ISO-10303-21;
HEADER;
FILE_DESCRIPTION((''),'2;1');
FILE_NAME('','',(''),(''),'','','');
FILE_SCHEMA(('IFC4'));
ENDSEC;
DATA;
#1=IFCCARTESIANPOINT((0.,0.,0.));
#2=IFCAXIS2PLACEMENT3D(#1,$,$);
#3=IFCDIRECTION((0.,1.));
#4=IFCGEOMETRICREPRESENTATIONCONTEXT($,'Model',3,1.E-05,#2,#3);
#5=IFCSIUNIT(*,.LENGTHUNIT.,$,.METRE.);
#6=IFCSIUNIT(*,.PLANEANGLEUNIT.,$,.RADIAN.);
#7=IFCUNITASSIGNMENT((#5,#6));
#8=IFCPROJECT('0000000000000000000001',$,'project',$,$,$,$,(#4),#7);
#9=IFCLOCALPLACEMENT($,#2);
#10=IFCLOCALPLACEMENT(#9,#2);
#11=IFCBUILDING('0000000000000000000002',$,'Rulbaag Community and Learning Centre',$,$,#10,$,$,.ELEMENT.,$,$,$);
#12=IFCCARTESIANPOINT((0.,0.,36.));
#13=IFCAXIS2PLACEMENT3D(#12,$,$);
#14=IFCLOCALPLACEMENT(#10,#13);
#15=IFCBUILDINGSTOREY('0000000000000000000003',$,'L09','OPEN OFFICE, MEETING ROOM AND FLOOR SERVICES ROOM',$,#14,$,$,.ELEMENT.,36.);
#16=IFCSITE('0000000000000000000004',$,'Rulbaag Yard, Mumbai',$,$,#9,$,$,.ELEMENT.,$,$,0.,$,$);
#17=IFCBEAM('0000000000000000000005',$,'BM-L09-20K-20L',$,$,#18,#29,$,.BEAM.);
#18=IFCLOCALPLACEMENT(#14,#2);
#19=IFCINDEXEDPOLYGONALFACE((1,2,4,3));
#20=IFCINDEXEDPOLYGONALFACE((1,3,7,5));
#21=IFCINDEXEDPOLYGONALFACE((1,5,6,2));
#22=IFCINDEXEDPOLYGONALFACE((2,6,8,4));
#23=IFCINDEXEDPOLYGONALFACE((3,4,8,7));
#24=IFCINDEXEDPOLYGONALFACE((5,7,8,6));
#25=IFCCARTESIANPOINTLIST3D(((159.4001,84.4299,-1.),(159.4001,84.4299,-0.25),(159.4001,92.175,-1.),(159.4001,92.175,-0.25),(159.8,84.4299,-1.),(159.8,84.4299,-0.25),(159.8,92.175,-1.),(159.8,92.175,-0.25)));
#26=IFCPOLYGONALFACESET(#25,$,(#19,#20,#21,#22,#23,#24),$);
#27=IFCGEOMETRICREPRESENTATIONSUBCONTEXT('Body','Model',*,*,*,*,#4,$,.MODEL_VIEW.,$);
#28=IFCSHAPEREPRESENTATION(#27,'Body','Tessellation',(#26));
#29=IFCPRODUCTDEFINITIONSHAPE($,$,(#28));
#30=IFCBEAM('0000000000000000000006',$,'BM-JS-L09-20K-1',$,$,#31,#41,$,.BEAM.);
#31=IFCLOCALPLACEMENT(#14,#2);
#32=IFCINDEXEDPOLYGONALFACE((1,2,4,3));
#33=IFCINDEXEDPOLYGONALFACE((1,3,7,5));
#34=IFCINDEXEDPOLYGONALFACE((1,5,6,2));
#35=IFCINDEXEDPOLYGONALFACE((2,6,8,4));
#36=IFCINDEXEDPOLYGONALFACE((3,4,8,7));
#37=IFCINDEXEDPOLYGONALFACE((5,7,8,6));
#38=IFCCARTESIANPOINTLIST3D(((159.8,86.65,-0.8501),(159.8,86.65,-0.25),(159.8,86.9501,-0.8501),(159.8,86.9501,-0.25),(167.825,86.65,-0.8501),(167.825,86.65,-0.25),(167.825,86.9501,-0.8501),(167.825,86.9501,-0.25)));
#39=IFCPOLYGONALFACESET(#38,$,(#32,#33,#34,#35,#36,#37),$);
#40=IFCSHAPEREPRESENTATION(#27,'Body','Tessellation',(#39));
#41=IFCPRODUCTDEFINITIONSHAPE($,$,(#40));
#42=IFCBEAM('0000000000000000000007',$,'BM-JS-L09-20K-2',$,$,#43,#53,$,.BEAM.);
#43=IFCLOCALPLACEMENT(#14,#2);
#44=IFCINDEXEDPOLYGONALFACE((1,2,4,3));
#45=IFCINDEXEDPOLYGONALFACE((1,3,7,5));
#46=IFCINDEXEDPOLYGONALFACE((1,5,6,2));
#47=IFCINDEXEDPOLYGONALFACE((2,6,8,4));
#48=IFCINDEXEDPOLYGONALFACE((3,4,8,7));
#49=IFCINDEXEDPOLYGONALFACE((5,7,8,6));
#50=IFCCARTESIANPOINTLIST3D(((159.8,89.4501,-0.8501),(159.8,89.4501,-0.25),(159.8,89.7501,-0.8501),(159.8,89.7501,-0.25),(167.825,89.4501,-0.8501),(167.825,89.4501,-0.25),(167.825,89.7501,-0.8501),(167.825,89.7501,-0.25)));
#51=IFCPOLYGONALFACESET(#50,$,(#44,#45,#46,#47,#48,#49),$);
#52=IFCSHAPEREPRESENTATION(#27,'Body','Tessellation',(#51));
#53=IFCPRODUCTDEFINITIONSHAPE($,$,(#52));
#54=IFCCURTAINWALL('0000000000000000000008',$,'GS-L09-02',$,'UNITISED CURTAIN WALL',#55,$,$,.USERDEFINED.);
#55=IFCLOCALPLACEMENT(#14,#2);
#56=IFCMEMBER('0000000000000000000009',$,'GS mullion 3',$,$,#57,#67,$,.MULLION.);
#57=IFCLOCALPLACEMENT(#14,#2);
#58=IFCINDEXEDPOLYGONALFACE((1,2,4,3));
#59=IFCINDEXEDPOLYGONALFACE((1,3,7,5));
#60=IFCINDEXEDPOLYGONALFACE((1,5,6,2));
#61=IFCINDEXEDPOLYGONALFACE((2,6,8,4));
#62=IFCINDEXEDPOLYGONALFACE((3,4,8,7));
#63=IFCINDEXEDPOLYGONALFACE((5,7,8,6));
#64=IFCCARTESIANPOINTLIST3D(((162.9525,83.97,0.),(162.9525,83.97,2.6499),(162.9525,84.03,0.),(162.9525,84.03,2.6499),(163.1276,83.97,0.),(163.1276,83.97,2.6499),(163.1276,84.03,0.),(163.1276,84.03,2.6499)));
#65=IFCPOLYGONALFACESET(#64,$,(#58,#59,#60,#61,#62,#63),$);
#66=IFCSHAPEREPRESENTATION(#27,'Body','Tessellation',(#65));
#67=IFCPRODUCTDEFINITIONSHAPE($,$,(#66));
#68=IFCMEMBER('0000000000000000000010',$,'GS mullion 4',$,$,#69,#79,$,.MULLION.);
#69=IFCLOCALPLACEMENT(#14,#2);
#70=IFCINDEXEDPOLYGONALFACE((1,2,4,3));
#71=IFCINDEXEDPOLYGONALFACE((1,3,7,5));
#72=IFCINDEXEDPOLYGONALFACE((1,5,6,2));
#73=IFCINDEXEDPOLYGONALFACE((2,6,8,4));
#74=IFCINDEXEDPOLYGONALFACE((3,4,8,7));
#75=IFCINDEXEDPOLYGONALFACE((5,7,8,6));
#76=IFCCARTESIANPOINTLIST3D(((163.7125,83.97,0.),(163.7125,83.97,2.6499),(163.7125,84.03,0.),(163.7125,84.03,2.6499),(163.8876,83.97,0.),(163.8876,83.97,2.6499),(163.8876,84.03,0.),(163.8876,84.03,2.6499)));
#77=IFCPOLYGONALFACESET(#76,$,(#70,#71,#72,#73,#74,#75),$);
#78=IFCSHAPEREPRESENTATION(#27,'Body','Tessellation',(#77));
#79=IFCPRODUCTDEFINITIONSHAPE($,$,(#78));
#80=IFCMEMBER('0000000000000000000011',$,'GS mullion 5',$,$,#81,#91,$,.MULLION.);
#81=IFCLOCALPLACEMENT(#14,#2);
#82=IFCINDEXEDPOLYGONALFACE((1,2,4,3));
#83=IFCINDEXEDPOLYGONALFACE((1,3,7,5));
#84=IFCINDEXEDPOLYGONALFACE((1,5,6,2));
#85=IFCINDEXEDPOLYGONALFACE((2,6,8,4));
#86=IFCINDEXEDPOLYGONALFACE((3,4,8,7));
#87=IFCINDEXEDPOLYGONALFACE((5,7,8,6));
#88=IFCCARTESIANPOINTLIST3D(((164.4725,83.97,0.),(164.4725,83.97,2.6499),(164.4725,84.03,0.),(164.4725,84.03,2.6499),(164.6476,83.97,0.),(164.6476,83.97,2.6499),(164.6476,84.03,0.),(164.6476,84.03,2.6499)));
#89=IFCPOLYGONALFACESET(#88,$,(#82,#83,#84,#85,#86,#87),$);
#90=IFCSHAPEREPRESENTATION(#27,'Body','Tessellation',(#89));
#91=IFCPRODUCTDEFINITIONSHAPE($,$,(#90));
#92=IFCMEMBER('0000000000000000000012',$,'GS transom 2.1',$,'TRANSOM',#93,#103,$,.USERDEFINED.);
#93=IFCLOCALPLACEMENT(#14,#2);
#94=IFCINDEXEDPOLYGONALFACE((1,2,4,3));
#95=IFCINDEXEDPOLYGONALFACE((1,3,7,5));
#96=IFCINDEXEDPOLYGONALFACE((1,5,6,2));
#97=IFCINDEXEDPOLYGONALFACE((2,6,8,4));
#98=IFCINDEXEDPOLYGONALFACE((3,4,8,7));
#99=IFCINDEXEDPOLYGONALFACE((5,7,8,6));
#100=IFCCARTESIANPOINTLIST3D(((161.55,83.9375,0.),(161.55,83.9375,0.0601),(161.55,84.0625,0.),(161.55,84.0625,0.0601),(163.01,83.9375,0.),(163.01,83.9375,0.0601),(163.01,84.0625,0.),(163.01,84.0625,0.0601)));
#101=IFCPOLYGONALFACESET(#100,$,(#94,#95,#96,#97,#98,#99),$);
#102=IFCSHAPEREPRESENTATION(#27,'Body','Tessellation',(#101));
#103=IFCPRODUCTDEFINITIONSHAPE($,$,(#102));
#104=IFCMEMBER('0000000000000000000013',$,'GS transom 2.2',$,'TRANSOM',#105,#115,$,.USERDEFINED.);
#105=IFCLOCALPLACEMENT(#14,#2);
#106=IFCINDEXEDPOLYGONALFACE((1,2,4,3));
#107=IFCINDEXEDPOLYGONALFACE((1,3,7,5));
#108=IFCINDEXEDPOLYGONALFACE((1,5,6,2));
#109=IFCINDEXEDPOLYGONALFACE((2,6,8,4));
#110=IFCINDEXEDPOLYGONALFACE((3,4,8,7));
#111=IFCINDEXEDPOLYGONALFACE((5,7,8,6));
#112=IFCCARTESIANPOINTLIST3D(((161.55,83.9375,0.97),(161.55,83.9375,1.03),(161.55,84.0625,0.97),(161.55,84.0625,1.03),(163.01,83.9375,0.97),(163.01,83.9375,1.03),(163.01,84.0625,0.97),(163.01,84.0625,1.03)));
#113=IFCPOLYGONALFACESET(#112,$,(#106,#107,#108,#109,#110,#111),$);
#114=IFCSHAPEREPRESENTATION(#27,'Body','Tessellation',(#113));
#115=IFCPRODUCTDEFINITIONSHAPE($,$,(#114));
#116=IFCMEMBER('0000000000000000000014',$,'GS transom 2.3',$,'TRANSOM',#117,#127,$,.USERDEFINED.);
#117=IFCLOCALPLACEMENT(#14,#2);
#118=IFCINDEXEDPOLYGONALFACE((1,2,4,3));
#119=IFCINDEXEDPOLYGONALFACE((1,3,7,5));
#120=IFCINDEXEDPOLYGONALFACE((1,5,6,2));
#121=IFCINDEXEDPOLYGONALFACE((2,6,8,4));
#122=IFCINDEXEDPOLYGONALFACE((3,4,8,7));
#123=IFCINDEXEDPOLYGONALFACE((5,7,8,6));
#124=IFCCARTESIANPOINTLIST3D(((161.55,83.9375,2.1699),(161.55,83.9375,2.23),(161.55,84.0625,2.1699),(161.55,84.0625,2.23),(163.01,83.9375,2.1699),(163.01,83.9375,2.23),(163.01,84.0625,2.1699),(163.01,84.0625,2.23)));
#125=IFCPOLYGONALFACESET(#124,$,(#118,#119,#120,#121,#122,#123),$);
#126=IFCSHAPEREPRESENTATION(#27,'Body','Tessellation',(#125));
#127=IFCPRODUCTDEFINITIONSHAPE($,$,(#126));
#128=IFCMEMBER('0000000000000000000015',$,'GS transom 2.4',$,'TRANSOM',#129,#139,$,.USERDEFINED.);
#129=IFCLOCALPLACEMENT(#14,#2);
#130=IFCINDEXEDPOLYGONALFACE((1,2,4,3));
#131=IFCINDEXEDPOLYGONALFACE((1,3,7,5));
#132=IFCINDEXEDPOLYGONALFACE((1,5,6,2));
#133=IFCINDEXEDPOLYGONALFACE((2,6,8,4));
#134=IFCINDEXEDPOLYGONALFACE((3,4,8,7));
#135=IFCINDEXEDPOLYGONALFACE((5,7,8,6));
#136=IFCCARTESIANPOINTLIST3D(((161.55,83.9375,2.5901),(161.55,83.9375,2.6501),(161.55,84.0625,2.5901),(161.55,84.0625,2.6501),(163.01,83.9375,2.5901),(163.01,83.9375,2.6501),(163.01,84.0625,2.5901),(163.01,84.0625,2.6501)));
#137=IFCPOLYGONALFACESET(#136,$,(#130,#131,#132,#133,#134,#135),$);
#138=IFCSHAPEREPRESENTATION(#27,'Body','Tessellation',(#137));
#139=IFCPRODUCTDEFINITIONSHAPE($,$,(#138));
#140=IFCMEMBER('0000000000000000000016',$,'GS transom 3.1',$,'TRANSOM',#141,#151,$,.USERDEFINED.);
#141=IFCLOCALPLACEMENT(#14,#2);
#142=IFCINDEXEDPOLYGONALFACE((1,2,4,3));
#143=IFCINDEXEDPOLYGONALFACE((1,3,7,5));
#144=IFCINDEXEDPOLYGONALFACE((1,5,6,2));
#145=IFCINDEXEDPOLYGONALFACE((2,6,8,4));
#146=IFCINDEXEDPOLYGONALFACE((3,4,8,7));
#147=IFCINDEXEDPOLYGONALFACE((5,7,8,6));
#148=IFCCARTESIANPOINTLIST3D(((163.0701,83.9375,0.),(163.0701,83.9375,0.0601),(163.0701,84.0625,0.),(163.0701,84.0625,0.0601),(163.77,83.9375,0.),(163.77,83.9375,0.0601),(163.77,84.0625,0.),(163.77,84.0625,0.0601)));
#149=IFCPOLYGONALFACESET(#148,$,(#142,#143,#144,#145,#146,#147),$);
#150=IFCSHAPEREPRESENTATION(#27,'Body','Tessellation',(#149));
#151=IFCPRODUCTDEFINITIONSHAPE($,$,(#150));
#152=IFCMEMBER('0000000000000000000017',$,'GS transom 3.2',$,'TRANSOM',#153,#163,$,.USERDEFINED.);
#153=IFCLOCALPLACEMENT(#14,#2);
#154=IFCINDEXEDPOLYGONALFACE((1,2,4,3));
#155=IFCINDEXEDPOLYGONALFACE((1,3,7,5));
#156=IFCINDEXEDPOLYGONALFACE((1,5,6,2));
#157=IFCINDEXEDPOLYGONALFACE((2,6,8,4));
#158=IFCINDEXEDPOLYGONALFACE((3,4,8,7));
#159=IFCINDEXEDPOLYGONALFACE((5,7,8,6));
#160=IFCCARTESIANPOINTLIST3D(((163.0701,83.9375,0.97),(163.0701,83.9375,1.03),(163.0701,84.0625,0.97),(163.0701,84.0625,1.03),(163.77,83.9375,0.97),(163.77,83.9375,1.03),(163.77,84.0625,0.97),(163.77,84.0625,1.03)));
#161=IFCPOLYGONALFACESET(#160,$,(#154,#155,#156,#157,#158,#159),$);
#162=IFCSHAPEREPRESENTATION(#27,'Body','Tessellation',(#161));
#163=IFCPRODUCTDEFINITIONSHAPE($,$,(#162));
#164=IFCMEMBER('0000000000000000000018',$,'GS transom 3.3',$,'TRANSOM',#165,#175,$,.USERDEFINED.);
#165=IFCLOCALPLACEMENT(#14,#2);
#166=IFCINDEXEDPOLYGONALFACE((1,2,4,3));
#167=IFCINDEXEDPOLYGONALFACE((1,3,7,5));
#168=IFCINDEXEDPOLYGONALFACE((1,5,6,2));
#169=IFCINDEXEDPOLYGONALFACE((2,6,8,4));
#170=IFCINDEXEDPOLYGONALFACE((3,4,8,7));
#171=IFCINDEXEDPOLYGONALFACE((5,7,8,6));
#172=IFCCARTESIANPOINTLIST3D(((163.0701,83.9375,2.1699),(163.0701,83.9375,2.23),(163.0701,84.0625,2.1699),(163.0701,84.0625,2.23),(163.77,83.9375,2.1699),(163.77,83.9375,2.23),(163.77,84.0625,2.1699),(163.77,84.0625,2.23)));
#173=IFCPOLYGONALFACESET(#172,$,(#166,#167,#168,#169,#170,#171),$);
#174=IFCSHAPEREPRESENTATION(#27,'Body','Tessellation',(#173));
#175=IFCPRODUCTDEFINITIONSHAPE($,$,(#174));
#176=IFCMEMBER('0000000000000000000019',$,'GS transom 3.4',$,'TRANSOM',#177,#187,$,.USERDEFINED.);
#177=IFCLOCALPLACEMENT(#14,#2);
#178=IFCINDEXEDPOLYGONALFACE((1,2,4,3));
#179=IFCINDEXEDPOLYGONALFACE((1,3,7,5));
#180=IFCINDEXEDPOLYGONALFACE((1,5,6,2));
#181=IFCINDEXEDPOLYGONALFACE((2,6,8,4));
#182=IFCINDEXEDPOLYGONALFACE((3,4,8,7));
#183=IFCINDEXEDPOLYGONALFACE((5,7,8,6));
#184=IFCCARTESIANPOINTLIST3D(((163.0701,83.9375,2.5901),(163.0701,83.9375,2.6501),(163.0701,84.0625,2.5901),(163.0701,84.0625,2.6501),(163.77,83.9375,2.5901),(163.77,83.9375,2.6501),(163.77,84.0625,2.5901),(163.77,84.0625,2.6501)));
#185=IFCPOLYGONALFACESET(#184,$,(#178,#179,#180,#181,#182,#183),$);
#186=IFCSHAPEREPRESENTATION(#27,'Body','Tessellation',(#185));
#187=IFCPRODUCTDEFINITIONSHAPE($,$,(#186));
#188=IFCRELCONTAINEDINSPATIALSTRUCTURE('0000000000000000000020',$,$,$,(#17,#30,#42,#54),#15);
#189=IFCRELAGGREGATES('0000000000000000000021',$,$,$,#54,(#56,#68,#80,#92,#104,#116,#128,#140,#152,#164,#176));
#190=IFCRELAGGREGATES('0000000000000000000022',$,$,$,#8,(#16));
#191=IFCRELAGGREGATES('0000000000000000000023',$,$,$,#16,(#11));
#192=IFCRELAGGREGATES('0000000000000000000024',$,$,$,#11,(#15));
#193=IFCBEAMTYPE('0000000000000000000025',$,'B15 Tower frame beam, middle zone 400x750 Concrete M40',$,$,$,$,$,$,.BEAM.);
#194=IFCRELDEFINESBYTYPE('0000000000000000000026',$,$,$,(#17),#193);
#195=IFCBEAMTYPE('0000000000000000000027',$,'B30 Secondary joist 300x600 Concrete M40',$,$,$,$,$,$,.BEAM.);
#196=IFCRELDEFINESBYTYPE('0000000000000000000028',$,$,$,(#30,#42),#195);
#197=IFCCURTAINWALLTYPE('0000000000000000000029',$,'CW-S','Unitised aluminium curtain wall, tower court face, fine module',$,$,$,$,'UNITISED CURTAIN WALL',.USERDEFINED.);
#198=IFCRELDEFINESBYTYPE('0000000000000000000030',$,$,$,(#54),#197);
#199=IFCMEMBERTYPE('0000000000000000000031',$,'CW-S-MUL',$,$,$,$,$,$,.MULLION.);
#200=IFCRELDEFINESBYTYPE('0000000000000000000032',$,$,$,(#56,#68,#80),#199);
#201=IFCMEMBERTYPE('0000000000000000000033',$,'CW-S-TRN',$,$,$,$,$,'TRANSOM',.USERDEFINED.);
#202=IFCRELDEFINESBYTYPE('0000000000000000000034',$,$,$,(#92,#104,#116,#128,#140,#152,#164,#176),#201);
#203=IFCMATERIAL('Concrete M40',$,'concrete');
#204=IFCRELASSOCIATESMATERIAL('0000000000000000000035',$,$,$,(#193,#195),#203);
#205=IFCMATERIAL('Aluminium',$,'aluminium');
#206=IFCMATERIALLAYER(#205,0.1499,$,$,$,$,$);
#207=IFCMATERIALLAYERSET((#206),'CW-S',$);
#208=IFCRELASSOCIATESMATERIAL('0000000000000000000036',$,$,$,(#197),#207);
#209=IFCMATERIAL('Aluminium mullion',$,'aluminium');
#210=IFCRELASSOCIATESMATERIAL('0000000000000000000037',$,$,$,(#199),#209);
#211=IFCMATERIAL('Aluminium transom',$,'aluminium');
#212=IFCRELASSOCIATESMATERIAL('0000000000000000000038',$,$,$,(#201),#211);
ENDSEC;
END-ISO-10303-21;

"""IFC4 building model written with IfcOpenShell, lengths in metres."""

from ifc_helpers import new_model, si_unit, direction, frame, origin, origin_2d, place, context, subcontext, project, spatial, rectangle, extrude, material, layer, layer_set, material_profile, profile_set, type_object, element, aggregate, save


model = new_model("IFC4")

# Units and contexts
model_context = context("Model", 3, precision=1e-05, world=origin(), true_north=direction((0.0, 1.0)))
body_context = subcontext(model_context, "Body", "Model", "MODEL_VIEW")
ifc_project = project(units=[si_unit("LENGTHUNIT", "METRE"), si_unit("PLANEANGLEUNIT", "RADIAN")], contexts=[model_context])

# Site, building, storey
site_placement = place(None, origin())
site = spatial("IfcSite", under=ifc_project, at=site_placement, Name="Rulbaag Yard, Mumbai", CompositionType="ELEMENT", RefElevation=0.0)
building_placement = place(site_placement, origin())
building = spatial("IfcBuilding", under=site, at=building_placement, Name="Rulbaag Community and Learning Centre", CompositionType="ELEMENT")
storey_placement = place(building_placement, frame((0.0, 0.0, 36.0)))
storey = spatial("IfcBuildingStorey", under=building, at=storey_placement, Name="L09", Description="OPEN OFFICE, MEETING ROOM AND FLOOR SERVICES ROOM", CompositionType="ELEMENT", Elevation=36.0)

# Beams
ifc_material_1 = material(Name="Concrete M40", Category="concrete")
ifc_material_profile_1 = material_profile(ifc_material_1, rectangle(XDim=0.3999, YDim=0.75, at=origin_2d()), Name="RB400x750")
ifc_profile_set_1 = profile_set([ifc_material_profile_1], Name="Concrete M40")
beam_type_1 = type_object("IfcBeamType", Name="B15 Tower frame beam, middle zone 400x750 Concrete M40", PredefinedType="BEAM", material=ifc_profile_set_1)
beam_placement = place(storey_placement, frame((159.6001, 84.4299, -0.625), z_axis=(0.0, 1.0, 0.0), x_axis=(-1.0, 0.0, 0.0)))
element("IfcBeam", 1, at=beam_placement, inside=storey, type_object=beam_type_1, Name="BM-L09-20K-20L", PredefinedType="BEAM", context=body_context, shape_type="SweptSolid", body=[
    extrude(rectangle(XDim=0.3999, YDim=0.75, at=origin_2d()), origin(), (0.0, 0.0, 1.0), 7.7451),
])
ifc_material_profile_2 = material_profile(ifc_material_1, rectangle(XDim=0.3, YDim=0.6001, at=origin_2d()), Name="RB300x600")
ifc_profile_set_2 = profile_set([ifc_material_profile_2], Name="Concrete M40")
beam_type_2 = type_object("IfcBeamType", Name="B30 Secondary joist 300x600 Concrete M40", PredefinedType="BEAM", material=ifc_profile_set_2)
for number, where, z_axis, x_axis, name in (
    (2, (159.8, 86.8, -0.55), (1.0, 0.0, 0.0), (0.0, 1.0, 0.0), "BM-JS-L09-20K-1"),
    (3, (159.8, 89.6001, -0.55), (1.0, 0.0, 0.0), (0.0, 1.0, 0.0), "BM-JS-L09-20K-2"),
):
    element("IfcBeam", number, at=place(storey_placement, frame(where, z_axis=z_axis, x_axis=x_axis)), inside=storey, type_object=beam_type_2, Name=name, PredefinedType="BEAM", context=body_context, shape_type="SweptSolid", body=[
        extrude(rectangle(XDim=0.3, YDim=0.6001, at=origin_2d()), origin(), (0.0, 0.0, 1.0), 8.0249),
    ])

# Curtain wall, members
ifc_material_2 = material(Name="Aluminium", Category="aluminium")
ifc_layer_1 = layer(ifc_material_2, 0.1499)
ifc_layer_set_1 = layer_set([ifc_layer_1], Name="CW-S")
curtain_wall_type = type_object("IfcCurtainWallType", Name="CW-S", Description="Unitised aluminium curtain wall, tower court face, fine module", ElementType="UNITISED CURTAIN WALL", PredefinedType="USERDEFINED", material=ifc_layer_set_1)
curtain_wall_placement = place(storey_placement, origin())
curtain_wall = element("IfcCurtainWall", 4, at=curtain_wall_placement, inside=storey, type_object=curtain_wall_type, Name="GS-L09-02", ObjectType="UNITISED CURTAIN WALL", PredefinedType="USERDEFINED")
ifc_material_3 = material(Name="Aluminium mullion", Category="aluminium")
ifc_material_profile_3 = material_profile(ifc_material_3, rectangle(XDim=0.0601, YDim=0.175, at=origin_2d()), Name="AL 60x175")
ifc_profile_set_3 = profile_set([ifc_material_profile_3], Name="Aluminium mullion")
member_type_1 = type_object("IfcMemberType", Name="CW-S-MUL", PredefinedType="MULLION", material=ifc_profile_set_3)
member_1_placement = place(storey_placement, frame((163.04, 84.0, 0.0), z_axis=(0.0, 0.0, 1.0), x_axis=(0.0, 1.0, 0.0)))
member_1 = element("IfcMember", 5, at=member_1_placement, type_object=member_type_1, Name="GS mullion 3", PredefinedType="MULLION", context=body_context, shape_type="SweptSolid", body=[
    extrude(rectangle(XDim=0.0601, YDim=0.175, at=origin_2d()), origin(), (0.0, 0.0, 1.0), 2.6499),
])
member_2_placement = place(storey_placement, frame((163.8, 84.0, 0.0), z_axis=(0.0, 0.0, 1.0), x_axis=(0.0, 1.0, 0.0)))
member_2 = element("IfcMember", 6, at=member_2_placement, type_object=member_type_1, Name="GS mullion 4", PredefinedType="MULLION", context=body_context, shape_type="SweptSolid", body=[
    extrude(rectangle(XDim=0.0601, YDim=0.175, at=origin_2d()), origin(), (0.0, 0.0, 1.0), 2.6499),
])
member_3_placement = place(storey_placement, frame((164.5601, 84.0, 0.0), z_axis=(0.0, 0.0, 1.0), x_axis=(0.0, 1.0, 0.0)))
member_3 = element("IfcMember", 7, at=member_3_placement, type_object=member_type_1, Name="GS mullion 5", PredefinedType="MULLION", context=body_context, shape_type="SweptSolid", body=[
    extrude(rectangle(XDim=0.0601, YDim=0.175, at=origin_2d()), origin(), (0.0, 0.0, 1.0), 2.6499),
])
ifc_material_4 = material(Name="Aluminium transom", Category="aluminium")
ifc_material_profile_4 = material_profile(ifc_material_4, rectangle(XDim=0.125, YDim=0.0601, at=origin_2d()), Name="AL 60x125 T")
ifc_profile_set_4 = profile_set([ifc_material_profile_4], Name="Aluminium transom")
member_type_2 = type_object("IfcMemberType", Name="CW-S-TRN", ElementType="TRANSOM", PredefinedType="USERDEFINED", material=ifc_profile_set_4)
member_4_placement = place(storey_placement, frame((161.55, 84.0, 0.03), z_axis=(1.0, 0.0, 0.0), x_axis=(0.0, 1.0, 0.0)))
member_4 = element("IfcMember", 8, at=member_4_placement, type_object=member_type_2, Name="GS transom 2.1", ObjectType="TRANSOM", PredefinedType="USERDEFINED", context=body_context, shape_type="SweptSolid", body=[
    extrude(rectangle(XDim=0.125, YDim=0.0601, at=origin_2d()), origin(), (0.0, 0.0, 1.0), 1.46),
])
member_5_placement = place(storey_placement, frame((161.55, 84.0, 1.0), z_axis=(1.0, 0.0, 0.0), x_axis=(0.0, 1.0, 0.0)))
member_5 = element("IfcMember", 9, at=member_5_placement, type_object=member_type_2, Name="GS transom 2.2", ObjectType="TRANSOM", PredefinedType="USERDEFINED", context=body_context, shape_type="SweptSolid", body=[
    extrude(rectangle(XDim=0.125, YDim=0.0601, at=origin_2d()), origin(), (0.0, 0.0, 1.0), 1.46),
])
member_6_placement = place(storey_placement, frame((161.55, 84.0, 2.2), z_axis=(1.0, 0.0, 0.0), x_axis=(0.0, 1.0, 0.0)))
member_6 = element("IfcMember", 10, at=member_6_placement, type_object=member_type_2, Name="GS transom 2.3", ObjectType="TRANSOM", PredefinedType="USERDEFINED", context=body_context, shape_type="SweptSolid", body=[
    extrude(rectangle(XDim=0.125, YDim=0.0601, at=origin_2d()), origin(), (0.0, 0.0, 1.0), 1.46),
])
member_7_placement = place(storey_placement, frame((161.55, 84.0, 2.6201), z_axis=(1.0, 0.0, 0.0), x_axis=(0.0, 1.0, 0.0)))
member_7 = element("IfcMember", 11, at=member_7_placement, type_object=member_type_2, Name="GS transom 2.4", ObjectType="TRANSOM", PredefinedType="USERDEFINED", context=body_context, shape_type="SweptSolid", body=[
    extrude(rectangle(XDim=0.125, YDim=0.0601, at=origin_2d()), origin(), (0.0, 0.0, 1.0), 1.46),
])
member_8_placement = place(storey_placement, frame((163.0701, 84.0, 0.03), z_axis=(1.0, 0.0, 0.0), x_axis=(0.0, 1.0, 0.0)))
member_8 = element("IfcMember", 12, at=member_8_placement, type_object=member_type_2, Name="GS transom 3.1", ObjectType="TRANSOM", PredefinedType="USERDEFINED", context=body_context, shape_type="SweptSolid", body=[
    extrude(rectangle(XDim=0.125, YDim=0.0601, at=origin_2d()), origin(), (0.0, 0.0, 1.0), 0.7),
])
member_9_placement = place(storey_placement, frame((163.0701, 84.0, 1.0), z_axis=(1.0, 0.0, 0.0), x_axis=(0.0, 1.0, 0.0)))
member_9 = element("IfcMember", 13, at=member_9_placement, type_object=member_type_2, Name="GS transom 3.2", ObjectType="TRANSOM", PredefinedType="USERDEFINED", context=body_context, shape_type="SweptSolid", body=[
    extrude(rectangle(XDim=0.125, YDim=0.0601, at=origin_2d()), origin(), (0.0, 0.0, 1.0), 0.7),
])
member_10_placement = place(storey_placement, frame((163.0701, 84.0, 2.2), z_axis=(1.0, 0.0, 0.0), x_axis=(0.0, 1.0, 0.0)))
member_10 = element("IfcMember", 14, at=member_10_placement, type_object=member_type_2, Name="GS transom 3.3", ObjectType="TRANSOM", PredefinedType="USERDEFINED", context=body_context, shape_type="SweptSolid", body=[
    extrude(rectangle(XDim=0.125, YDim=0.0601, at=origin_2d()), origin(), (0.0, 0.0, 1.0), 0.7),
])
member_11_placement = place(storey_placement, frame((163.0701, 84.0, 2.6201), z_axis=(1.0, 0.0, 0.0), x_axis=(0.0, 1.0, 0.0)))
member_11 = element("IfcMember", 15, at=member_11_placement, type_object=member_type_2, Name="GS transom 3.4", ObjectType="TRANSOM", PredefinedType="USERDEFINED", context=body_context, shape_type="SweptSolid", body=[
    extrude(rectangle(XDim=0.125, YDim=0.0601, at=origin_2d()), origin(), (0.0, 0.0, 1.0), 0.7),
])
aggregate(curtain_wall, [member_1, member_2, member_3, member_4, member_5, member_6, member_7, member_8, member_9, member_10, member_11])

save(model, "model.ifc")
